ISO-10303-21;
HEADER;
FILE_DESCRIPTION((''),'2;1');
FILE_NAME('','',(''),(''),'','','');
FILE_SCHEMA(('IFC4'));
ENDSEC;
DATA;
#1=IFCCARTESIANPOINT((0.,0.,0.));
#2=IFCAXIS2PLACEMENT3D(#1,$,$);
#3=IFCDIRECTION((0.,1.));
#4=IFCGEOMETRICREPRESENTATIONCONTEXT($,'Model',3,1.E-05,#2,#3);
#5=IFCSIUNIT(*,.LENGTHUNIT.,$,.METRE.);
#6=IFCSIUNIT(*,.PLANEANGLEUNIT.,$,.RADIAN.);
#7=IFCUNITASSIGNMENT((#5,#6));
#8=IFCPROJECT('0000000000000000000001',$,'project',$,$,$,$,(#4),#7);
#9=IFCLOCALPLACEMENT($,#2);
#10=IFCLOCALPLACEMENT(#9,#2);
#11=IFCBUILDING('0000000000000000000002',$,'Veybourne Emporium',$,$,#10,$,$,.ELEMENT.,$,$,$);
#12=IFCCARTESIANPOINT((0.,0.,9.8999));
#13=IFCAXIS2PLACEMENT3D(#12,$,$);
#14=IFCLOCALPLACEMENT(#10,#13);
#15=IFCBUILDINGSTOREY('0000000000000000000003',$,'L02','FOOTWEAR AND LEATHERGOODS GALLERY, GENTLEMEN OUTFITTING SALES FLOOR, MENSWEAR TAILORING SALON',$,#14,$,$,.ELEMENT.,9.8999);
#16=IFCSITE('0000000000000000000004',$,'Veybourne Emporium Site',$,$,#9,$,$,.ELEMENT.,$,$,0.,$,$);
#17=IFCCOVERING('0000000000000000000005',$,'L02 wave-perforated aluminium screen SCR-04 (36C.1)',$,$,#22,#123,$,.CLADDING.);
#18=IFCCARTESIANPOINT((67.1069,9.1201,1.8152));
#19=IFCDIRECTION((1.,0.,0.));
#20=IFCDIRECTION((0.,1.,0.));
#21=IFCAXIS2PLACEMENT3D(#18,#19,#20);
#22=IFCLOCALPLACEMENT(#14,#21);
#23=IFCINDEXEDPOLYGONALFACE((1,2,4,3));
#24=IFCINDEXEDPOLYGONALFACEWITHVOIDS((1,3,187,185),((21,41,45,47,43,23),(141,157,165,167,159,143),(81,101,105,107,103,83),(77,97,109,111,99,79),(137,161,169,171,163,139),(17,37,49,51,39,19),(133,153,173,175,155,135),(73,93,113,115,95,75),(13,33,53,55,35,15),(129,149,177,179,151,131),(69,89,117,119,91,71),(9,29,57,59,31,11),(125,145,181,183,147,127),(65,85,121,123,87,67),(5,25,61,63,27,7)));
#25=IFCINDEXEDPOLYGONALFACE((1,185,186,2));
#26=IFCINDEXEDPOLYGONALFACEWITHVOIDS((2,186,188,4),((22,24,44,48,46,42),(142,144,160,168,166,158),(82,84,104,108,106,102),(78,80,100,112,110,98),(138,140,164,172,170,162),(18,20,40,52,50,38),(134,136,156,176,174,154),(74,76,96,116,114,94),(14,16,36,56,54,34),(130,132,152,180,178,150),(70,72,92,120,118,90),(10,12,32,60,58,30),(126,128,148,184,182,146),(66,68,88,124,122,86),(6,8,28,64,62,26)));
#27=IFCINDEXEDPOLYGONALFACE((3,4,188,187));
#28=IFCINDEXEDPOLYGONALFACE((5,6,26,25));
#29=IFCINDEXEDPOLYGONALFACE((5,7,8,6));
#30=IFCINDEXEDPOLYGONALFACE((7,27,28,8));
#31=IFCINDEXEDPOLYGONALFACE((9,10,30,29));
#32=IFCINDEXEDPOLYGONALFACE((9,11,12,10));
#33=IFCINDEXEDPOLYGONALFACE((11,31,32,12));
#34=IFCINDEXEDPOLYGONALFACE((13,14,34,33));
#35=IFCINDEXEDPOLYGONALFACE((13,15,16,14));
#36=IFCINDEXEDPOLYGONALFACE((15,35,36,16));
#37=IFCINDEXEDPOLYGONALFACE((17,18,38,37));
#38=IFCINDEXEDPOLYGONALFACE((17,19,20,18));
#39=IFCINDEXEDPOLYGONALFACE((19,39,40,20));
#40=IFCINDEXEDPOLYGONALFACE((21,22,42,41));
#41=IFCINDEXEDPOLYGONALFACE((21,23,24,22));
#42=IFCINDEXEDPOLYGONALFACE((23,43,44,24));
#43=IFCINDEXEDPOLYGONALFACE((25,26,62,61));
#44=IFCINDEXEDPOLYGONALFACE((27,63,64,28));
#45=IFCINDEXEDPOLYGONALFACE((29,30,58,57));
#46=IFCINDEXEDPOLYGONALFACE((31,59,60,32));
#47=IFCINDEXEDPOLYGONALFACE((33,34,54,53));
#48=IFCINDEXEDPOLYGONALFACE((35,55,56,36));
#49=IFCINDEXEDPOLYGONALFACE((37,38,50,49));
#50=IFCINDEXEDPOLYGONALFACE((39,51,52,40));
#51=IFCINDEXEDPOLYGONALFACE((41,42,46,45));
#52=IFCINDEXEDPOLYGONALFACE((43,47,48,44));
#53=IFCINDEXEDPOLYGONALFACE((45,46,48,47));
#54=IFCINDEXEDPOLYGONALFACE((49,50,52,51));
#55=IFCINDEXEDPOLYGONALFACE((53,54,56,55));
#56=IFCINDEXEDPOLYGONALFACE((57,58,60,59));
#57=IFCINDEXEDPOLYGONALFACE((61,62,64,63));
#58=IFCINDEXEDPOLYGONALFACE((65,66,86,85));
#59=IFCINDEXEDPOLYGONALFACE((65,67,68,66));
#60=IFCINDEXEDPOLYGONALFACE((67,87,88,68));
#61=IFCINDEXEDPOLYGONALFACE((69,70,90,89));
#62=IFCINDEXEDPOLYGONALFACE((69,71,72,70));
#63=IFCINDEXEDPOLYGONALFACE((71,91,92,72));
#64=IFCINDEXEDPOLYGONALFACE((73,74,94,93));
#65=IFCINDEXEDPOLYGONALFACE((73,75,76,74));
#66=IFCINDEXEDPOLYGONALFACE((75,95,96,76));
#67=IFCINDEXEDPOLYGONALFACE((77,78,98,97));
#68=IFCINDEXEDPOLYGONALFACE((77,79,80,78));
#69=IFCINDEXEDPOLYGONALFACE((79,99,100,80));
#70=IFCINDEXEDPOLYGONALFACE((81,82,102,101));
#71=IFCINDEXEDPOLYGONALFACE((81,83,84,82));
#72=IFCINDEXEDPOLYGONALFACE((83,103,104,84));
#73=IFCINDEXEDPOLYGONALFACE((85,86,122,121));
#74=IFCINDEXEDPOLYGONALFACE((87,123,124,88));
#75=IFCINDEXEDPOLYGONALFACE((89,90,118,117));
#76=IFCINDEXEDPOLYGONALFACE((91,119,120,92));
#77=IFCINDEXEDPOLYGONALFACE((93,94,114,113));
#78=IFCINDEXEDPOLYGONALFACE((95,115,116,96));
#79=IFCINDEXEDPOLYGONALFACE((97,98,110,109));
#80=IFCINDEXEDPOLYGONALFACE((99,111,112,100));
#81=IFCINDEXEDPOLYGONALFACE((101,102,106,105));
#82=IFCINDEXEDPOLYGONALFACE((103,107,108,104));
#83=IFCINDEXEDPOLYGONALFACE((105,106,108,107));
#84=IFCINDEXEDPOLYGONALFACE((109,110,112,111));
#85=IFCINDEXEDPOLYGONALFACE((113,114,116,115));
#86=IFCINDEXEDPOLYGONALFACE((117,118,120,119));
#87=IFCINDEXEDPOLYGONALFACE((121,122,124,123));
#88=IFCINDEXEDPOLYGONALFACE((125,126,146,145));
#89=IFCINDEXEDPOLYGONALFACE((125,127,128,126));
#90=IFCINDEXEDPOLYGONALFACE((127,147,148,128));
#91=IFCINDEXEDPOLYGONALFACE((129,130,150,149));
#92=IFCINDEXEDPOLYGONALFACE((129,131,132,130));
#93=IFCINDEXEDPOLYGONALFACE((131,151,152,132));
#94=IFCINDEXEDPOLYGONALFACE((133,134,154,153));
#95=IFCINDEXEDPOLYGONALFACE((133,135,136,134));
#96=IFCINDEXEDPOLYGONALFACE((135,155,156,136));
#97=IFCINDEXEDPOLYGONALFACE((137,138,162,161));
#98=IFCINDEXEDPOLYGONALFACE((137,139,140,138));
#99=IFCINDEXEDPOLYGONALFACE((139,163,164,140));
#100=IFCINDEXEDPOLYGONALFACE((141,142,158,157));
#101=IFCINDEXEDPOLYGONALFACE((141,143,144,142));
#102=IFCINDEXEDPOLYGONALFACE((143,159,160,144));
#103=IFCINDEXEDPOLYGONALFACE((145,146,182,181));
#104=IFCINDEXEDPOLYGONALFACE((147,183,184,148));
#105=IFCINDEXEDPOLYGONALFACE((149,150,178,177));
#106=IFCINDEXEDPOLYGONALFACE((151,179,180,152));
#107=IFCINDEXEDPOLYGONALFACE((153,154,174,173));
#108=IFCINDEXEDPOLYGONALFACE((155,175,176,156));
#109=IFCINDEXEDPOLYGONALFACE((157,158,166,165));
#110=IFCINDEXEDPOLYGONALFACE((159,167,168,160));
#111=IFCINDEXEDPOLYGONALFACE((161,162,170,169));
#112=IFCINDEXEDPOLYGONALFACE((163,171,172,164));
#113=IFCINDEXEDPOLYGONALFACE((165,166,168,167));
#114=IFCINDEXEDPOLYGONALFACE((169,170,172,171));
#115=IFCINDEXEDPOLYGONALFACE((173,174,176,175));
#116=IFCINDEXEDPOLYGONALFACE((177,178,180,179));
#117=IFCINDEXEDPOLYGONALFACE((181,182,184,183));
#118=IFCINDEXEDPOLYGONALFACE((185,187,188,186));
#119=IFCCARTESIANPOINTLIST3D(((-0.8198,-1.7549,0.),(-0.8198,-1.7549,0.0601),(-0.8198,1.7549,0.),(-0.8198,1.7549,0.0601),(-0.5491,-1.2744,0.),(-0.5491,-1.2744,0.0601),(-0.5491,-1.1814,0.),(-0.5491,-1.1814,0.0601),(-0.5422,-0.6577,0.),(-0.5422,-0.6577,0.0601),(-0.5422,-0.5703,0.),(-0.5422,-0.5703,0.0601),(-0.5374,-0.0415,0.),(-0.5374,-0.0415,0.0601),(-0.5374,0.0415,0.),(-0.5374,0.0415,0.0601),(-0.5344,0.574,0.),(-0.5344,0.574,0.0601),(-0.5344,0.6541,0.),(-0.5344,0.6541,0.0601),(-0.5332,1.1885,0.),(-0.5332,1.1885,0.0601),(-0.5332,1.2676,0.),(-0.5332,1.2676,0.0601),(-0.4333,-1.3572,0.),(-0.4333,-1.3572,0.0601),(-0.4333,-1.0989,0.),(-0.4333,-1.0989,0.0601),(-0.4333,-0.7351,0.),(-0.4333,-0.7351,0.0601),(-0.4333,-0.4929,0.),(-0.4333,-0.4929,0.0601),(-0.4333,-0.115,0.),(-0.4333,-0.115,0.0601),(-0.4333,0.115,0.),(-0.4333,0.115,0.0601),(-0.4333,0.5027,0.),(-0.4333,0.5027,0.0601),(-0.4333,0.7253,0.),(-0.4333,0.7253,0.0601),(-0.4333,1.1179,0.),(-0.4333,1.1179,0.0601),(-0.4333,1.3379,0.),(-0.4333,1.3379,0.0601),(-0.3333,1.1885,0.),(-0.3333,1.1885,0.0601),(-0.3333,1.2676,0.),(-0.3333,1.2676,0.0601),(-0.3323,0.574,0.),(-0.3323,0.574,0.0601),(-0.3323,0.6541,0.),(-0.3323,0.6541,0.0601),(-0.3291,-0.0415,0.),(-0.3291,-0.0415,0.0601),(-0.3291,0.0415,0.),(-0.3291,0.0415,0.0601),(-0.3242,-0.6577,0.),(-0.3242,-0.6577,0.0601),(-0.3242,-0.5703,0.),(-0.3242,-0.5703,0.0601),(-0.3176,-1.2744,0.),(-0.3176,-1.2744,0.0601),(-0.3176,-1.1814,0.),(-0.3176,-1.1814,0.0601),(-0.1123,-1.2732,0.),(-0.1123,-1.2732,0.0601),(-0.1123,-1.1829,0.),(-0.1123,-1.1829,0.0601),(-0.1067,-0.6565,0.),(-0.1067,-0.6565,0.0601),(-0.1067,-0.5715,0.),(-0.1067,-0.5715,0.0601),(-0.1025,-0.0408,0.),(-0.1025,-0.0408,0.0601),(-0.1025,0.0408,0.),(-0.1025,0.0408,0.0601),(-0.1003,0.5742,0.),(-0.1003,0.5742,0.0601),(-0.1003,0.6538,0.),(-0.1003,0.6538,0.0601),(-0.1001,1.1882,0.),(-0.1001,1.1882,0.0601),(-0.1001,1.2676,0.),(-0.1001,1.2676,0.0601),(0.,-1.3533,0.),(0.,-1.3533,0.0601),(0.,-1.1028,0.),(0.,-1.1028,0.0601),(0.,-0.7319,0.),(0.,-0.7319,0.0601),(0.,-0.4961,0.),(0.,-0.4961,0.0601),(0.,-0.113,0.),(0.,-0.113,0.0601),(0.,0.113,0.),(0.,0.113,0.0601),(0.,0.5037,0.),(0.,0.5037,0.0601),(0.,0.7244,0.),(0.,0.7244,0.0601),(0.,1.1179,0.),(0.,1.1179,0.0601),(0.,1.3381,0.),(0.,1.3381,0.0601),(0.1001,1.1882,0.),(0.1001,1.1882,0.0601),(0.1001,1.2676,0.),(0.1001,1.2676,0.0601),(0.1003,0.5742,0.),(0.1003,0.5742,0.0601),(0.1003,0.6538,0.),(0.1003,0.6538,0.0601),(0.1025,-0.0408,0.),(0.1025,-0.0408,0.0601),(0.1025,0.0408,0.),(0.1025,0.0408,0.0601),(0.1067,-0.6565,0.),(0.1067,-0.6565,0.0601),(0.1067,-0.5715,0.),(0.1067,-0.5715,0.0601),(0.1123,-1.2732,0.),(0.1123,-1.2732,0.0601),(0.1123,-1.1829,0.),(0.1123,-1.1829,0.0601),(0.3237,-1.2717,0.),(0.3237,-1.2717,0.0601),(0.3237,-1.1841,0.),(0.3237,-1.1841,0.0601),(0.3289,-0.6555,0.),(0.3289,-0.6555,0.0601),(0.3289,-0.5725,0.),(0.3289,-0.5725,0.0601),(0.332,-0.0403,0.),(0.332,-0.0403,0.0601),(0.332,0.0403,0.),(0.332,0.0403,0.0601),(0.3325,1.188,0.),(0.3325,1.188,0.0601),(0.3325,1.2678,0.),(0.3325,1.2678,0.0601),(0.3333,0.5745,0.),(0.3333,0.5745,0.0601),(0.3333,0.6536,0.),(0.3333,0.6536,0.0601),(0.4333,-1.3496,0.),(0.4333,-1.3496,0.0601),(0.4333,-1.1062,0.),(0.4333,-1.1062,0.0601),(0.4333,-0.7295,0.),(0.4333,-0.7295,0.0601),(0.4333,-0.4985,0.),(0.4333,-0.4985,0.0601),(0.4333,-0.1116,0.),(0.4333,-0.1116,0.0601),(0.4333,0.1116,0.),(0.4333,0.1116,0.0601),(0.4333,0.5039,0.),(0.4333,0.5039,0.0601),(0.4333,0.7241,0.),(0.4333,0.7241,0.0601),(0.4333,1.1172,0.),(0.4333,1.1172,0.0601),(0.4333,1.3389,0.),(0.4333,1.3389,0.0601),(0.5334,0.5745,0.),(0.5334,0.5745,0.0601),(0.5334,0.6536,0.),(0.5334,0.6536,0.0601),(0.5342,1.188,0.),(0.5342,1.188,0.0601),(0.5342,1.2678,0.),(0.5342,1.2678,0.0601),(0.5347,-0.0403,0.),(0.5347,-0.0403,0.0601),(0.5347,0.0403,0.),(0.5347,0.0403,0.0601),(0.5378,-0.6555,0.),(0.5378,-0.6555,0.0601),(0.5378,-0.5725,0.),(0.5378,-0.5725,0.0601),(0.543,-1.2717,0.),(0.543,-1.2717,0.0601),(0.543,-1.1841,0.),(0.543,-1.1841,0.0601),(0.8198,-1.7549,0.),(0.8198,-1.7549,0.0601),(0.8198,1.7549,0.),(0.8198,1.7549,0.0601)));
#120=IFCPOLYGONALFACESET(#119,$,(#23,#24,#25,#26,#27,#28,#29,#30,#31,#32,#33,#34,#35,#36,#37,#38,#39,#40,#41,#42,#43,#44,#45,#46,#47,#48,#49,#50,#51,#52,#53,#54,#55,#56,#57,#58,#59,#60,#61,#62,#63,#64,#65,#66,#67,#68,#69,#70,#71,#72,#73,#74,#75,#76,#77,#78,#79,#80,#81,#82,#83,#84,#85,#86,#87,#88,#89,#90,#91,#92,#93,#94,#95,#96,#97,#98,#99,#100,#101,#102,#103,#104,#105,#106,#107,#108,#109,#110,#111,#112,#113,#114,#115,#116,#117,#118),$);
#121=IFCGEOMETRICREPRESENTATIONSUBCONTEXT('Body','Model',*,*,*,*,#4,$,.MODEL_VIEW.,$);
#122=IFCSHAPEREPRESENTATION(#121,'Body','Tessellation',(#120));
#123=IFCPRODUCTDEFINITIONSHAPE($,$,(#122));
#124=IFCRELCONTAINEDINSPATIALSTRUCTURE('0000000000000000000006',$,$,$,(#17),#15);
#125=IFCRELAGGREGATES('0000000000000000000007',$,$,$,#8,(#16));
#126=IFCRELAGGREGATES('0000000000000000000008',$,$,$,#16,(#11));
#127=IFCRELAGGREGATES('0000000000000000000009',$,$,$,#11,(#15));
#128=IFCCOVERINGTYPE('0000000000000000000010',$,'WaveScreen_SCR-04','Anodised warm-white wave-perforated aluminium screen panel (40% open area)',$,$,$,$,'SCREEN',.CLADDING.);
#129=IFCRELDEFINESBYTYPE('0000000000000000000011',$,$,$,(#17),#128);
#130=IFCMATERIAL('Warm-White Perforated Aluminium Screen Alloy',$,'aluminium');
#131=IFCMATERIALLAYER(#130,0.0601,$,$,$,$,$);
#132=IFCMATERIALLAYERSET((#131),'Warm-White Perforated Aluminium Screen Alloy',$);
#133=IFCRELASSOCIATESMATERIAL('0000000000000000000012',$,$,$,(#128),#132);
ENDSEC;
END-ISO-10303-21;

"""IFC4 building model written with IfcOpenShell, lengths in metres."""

from ifc_helpers import new_model, si_unit, direction, frame, origin, place, context, subcontext, project, spatial, polyline, outline, extrude, material, layer, layer_set, type_object, element, save


model = new_model("IFC4")

# Units and contexts
model_context = context("Model", 3, precision=1e-05, world=origin(), true_north=direction((0.0, 1.0)))
body_context = subcontext(model_context, "Body", "Model", "MODEL_VIEW")
ifc_project = project(units=[si_unit("LENGTHUNIT", "METRE"), si_unit("PLANEANGLEUNIT", "RADIAN")], contexts=[model_context])

# Site, building, storey
site_placement = place(None, origin())
site = spatial("IfcSite", under=ifc_project, at=site_placement, Name="Veybourne Emporium Site", CompositionType="ELEMENT", RefElevation=0.0)
building_placement = place(site_placement, origin())
building = spatial("IfcBuilding", under=site, at=building_placement, Name="Veybourne Emporium", CompositionType="ELEMENT")
storey_placement = place(building_placement, frame((0.0, 0.0, 9.8999)))
storey = spatial("IfcBuildingStorey", under=building, at=storey_placement, Name="L02", Description="FOOTWEAR AND LEATHERGOODS GALLERY, GENTLEMEN OUTFITTING SALES FLOOR, MENSWEAR TAILORING SALON", CompositionType="ELEMENT", Elevation=9.8999)

# Covering
ifc_material_1 = material(Name="Warm-White Perforated Aluminium Screen Alloy", Category="aluminium")
ifc_layer_1 = layer(ifc_material_1, 0.0601)
ifc_layer_set_1 = layer_set([ifc_layer_1], Name="Warm-White Perforated Aluminium Screen Alloy")
covering_type_1 = type_object("IfcCoveringType", Name="WaveScreen_SCR-04", Description="Anodised warm-white wave-perforated aluminium screen panel (40% open area)", ElementType="SCREEN", PredefinedType="CLADDING", material=ifc_layer_set_1)
covering_1_placement = place(storey_placement, frame((67.1069, 9.1201, 1.8152), z_axis=(1.0, 0.0, 0.0), x_axis=(0.0, 1.0, 0.0)))
element("IfcCovering", 1, at=covering_1_placement, inside=storey, type_object=covering_type_1, Name="L02 wave-perforated aluminium screen SCR-04 (36C.1)", PredefinedType="CLADDING", context=body_context, shape_type="SweptSolid", body=[
    extrude(outline(polyline([(-0.8198, -1.7549), (0.8198, -1.7549), (0.8198, 1.7549), (-0.8198, 1.7549), (-0.8198, -1.7549)]), holes=[polyline([(-0.4333, -1.0989), (-0.3176, -1.1814), (-0.3176, -1.2744), (-0.4333, -1.3572), (-0.5491, -1.2744), (-0.5491, -1.1814), (-0.4333, -1.0989)]), polyline([(-0.4333, -0.4929), (-0.3242, -0.5703), (-0.3242, -0.6577), (-0.4333, -0.7351), (-0.5422, -0.6577), (-0.5422, -0.5703), (-0.4333, -0.4929)]), polyline([(-0.4333, 0.115), (-0.3291, 0.0415), (-0.3291, -0.0415), (-0.4333, -0.115), (-0.5374, -0.0415), (-0.5374, 0.0415), (-0.4333, 0.115)]), polyline([(-0.4333, 0.7253), (-0.3323, 0.6541), (-0.3323, 0.574), (-0.4333, 0.5027), (-0.5344, 0.574), (-0.5344, 0.6541), (-0.4333, 0.7253)]), polyline([(-0.4333, 1.3379), (-0.3333, 1.2676), (-0.3333, 1.1885), (-0.4333, 1.1179), (-0.5332, 1.1885), (-0.5332, 1.2676), (-0.4333, 1.3379)]), polyline([(0.0, -1.1028), (0.1123, -1.1829), (0.1123, -1.2732), (0.0, -1.3533), (-0.1123, -1.2732), (-0.1123, -1.1829), (0.0, -1.1028)]), polyline([(0.0, -0.4961), (0.1067, -0.5715), (0.1067, -0.6565), (0.0, -0.7319), (-0.1067, -0.6565), (-0.1067, -0.5715), (0.0, -0.4961)]), polyline([(0.0, 0.113), (0.1025, 0.0408), (0.1025, -0.0408), (0.0, -0.113), (-0.1025, -0.0408), (-0.1025, 0.0408), (0.0, 0.113)]), polyline([(0.0, 0.7244), (0.1003, 0.6538), (0.1003, 0.5742), (0.0, 0.5037), (-0.1003, 0.5742), (-0.1003, 0.6538), (0.0, 0.7244)]), polyline([(0.0, 1.3381), (0.1001, 1.2676), (0.1001, 1.1882), (0.0, 1.1179), (-0.1001, 1.1882), (-0.1001, 1.2676), (0.0, 1.3381)]), polyline([(0.4333, -1.1062), (0.543, -1.1841), (0.543, -1.2717), (0.4333, -1.3496), (0.3237, -1.2717), (0.3237, -1.1841), (0.4333, -1.1062)]), polyline([(0.4333, -0.4985), (0.5378, -0.5725), (0.5378, -0.6555), (0.4333, -0.7295), (0.3289, -0.6555), (0.3289, -0.5725), (0.4333, -0.4985)]), polyline([(0.4333, 0.1116), (0.5347, 0.0403), (0.5347, -0.0403), (0.4333, -0.1116), (0.332, -0.0403), (0.332, 0.0403), (0.4333, 0.1116)]), polyline([(0.4333, 0.7241), (0.5334, 0.6536), (0.5334, 0.5745), (0.4333, 0.5039), (0.3333, 0.5745), (0.3333, 0.6536), (0.4333, 0.7241)]), polyline([(0.4333, 1.3389), (0.5342, 1.2678), (0.5342, 1.188), (0.4333, 1.1172), (0.3325, 1.188), (0.3325, 1.2678), (0.4333, 1.3389)])]), origin(), (0.0, 0.0, 1.0), 0.0601),
])

save(model, "model.ifc")
